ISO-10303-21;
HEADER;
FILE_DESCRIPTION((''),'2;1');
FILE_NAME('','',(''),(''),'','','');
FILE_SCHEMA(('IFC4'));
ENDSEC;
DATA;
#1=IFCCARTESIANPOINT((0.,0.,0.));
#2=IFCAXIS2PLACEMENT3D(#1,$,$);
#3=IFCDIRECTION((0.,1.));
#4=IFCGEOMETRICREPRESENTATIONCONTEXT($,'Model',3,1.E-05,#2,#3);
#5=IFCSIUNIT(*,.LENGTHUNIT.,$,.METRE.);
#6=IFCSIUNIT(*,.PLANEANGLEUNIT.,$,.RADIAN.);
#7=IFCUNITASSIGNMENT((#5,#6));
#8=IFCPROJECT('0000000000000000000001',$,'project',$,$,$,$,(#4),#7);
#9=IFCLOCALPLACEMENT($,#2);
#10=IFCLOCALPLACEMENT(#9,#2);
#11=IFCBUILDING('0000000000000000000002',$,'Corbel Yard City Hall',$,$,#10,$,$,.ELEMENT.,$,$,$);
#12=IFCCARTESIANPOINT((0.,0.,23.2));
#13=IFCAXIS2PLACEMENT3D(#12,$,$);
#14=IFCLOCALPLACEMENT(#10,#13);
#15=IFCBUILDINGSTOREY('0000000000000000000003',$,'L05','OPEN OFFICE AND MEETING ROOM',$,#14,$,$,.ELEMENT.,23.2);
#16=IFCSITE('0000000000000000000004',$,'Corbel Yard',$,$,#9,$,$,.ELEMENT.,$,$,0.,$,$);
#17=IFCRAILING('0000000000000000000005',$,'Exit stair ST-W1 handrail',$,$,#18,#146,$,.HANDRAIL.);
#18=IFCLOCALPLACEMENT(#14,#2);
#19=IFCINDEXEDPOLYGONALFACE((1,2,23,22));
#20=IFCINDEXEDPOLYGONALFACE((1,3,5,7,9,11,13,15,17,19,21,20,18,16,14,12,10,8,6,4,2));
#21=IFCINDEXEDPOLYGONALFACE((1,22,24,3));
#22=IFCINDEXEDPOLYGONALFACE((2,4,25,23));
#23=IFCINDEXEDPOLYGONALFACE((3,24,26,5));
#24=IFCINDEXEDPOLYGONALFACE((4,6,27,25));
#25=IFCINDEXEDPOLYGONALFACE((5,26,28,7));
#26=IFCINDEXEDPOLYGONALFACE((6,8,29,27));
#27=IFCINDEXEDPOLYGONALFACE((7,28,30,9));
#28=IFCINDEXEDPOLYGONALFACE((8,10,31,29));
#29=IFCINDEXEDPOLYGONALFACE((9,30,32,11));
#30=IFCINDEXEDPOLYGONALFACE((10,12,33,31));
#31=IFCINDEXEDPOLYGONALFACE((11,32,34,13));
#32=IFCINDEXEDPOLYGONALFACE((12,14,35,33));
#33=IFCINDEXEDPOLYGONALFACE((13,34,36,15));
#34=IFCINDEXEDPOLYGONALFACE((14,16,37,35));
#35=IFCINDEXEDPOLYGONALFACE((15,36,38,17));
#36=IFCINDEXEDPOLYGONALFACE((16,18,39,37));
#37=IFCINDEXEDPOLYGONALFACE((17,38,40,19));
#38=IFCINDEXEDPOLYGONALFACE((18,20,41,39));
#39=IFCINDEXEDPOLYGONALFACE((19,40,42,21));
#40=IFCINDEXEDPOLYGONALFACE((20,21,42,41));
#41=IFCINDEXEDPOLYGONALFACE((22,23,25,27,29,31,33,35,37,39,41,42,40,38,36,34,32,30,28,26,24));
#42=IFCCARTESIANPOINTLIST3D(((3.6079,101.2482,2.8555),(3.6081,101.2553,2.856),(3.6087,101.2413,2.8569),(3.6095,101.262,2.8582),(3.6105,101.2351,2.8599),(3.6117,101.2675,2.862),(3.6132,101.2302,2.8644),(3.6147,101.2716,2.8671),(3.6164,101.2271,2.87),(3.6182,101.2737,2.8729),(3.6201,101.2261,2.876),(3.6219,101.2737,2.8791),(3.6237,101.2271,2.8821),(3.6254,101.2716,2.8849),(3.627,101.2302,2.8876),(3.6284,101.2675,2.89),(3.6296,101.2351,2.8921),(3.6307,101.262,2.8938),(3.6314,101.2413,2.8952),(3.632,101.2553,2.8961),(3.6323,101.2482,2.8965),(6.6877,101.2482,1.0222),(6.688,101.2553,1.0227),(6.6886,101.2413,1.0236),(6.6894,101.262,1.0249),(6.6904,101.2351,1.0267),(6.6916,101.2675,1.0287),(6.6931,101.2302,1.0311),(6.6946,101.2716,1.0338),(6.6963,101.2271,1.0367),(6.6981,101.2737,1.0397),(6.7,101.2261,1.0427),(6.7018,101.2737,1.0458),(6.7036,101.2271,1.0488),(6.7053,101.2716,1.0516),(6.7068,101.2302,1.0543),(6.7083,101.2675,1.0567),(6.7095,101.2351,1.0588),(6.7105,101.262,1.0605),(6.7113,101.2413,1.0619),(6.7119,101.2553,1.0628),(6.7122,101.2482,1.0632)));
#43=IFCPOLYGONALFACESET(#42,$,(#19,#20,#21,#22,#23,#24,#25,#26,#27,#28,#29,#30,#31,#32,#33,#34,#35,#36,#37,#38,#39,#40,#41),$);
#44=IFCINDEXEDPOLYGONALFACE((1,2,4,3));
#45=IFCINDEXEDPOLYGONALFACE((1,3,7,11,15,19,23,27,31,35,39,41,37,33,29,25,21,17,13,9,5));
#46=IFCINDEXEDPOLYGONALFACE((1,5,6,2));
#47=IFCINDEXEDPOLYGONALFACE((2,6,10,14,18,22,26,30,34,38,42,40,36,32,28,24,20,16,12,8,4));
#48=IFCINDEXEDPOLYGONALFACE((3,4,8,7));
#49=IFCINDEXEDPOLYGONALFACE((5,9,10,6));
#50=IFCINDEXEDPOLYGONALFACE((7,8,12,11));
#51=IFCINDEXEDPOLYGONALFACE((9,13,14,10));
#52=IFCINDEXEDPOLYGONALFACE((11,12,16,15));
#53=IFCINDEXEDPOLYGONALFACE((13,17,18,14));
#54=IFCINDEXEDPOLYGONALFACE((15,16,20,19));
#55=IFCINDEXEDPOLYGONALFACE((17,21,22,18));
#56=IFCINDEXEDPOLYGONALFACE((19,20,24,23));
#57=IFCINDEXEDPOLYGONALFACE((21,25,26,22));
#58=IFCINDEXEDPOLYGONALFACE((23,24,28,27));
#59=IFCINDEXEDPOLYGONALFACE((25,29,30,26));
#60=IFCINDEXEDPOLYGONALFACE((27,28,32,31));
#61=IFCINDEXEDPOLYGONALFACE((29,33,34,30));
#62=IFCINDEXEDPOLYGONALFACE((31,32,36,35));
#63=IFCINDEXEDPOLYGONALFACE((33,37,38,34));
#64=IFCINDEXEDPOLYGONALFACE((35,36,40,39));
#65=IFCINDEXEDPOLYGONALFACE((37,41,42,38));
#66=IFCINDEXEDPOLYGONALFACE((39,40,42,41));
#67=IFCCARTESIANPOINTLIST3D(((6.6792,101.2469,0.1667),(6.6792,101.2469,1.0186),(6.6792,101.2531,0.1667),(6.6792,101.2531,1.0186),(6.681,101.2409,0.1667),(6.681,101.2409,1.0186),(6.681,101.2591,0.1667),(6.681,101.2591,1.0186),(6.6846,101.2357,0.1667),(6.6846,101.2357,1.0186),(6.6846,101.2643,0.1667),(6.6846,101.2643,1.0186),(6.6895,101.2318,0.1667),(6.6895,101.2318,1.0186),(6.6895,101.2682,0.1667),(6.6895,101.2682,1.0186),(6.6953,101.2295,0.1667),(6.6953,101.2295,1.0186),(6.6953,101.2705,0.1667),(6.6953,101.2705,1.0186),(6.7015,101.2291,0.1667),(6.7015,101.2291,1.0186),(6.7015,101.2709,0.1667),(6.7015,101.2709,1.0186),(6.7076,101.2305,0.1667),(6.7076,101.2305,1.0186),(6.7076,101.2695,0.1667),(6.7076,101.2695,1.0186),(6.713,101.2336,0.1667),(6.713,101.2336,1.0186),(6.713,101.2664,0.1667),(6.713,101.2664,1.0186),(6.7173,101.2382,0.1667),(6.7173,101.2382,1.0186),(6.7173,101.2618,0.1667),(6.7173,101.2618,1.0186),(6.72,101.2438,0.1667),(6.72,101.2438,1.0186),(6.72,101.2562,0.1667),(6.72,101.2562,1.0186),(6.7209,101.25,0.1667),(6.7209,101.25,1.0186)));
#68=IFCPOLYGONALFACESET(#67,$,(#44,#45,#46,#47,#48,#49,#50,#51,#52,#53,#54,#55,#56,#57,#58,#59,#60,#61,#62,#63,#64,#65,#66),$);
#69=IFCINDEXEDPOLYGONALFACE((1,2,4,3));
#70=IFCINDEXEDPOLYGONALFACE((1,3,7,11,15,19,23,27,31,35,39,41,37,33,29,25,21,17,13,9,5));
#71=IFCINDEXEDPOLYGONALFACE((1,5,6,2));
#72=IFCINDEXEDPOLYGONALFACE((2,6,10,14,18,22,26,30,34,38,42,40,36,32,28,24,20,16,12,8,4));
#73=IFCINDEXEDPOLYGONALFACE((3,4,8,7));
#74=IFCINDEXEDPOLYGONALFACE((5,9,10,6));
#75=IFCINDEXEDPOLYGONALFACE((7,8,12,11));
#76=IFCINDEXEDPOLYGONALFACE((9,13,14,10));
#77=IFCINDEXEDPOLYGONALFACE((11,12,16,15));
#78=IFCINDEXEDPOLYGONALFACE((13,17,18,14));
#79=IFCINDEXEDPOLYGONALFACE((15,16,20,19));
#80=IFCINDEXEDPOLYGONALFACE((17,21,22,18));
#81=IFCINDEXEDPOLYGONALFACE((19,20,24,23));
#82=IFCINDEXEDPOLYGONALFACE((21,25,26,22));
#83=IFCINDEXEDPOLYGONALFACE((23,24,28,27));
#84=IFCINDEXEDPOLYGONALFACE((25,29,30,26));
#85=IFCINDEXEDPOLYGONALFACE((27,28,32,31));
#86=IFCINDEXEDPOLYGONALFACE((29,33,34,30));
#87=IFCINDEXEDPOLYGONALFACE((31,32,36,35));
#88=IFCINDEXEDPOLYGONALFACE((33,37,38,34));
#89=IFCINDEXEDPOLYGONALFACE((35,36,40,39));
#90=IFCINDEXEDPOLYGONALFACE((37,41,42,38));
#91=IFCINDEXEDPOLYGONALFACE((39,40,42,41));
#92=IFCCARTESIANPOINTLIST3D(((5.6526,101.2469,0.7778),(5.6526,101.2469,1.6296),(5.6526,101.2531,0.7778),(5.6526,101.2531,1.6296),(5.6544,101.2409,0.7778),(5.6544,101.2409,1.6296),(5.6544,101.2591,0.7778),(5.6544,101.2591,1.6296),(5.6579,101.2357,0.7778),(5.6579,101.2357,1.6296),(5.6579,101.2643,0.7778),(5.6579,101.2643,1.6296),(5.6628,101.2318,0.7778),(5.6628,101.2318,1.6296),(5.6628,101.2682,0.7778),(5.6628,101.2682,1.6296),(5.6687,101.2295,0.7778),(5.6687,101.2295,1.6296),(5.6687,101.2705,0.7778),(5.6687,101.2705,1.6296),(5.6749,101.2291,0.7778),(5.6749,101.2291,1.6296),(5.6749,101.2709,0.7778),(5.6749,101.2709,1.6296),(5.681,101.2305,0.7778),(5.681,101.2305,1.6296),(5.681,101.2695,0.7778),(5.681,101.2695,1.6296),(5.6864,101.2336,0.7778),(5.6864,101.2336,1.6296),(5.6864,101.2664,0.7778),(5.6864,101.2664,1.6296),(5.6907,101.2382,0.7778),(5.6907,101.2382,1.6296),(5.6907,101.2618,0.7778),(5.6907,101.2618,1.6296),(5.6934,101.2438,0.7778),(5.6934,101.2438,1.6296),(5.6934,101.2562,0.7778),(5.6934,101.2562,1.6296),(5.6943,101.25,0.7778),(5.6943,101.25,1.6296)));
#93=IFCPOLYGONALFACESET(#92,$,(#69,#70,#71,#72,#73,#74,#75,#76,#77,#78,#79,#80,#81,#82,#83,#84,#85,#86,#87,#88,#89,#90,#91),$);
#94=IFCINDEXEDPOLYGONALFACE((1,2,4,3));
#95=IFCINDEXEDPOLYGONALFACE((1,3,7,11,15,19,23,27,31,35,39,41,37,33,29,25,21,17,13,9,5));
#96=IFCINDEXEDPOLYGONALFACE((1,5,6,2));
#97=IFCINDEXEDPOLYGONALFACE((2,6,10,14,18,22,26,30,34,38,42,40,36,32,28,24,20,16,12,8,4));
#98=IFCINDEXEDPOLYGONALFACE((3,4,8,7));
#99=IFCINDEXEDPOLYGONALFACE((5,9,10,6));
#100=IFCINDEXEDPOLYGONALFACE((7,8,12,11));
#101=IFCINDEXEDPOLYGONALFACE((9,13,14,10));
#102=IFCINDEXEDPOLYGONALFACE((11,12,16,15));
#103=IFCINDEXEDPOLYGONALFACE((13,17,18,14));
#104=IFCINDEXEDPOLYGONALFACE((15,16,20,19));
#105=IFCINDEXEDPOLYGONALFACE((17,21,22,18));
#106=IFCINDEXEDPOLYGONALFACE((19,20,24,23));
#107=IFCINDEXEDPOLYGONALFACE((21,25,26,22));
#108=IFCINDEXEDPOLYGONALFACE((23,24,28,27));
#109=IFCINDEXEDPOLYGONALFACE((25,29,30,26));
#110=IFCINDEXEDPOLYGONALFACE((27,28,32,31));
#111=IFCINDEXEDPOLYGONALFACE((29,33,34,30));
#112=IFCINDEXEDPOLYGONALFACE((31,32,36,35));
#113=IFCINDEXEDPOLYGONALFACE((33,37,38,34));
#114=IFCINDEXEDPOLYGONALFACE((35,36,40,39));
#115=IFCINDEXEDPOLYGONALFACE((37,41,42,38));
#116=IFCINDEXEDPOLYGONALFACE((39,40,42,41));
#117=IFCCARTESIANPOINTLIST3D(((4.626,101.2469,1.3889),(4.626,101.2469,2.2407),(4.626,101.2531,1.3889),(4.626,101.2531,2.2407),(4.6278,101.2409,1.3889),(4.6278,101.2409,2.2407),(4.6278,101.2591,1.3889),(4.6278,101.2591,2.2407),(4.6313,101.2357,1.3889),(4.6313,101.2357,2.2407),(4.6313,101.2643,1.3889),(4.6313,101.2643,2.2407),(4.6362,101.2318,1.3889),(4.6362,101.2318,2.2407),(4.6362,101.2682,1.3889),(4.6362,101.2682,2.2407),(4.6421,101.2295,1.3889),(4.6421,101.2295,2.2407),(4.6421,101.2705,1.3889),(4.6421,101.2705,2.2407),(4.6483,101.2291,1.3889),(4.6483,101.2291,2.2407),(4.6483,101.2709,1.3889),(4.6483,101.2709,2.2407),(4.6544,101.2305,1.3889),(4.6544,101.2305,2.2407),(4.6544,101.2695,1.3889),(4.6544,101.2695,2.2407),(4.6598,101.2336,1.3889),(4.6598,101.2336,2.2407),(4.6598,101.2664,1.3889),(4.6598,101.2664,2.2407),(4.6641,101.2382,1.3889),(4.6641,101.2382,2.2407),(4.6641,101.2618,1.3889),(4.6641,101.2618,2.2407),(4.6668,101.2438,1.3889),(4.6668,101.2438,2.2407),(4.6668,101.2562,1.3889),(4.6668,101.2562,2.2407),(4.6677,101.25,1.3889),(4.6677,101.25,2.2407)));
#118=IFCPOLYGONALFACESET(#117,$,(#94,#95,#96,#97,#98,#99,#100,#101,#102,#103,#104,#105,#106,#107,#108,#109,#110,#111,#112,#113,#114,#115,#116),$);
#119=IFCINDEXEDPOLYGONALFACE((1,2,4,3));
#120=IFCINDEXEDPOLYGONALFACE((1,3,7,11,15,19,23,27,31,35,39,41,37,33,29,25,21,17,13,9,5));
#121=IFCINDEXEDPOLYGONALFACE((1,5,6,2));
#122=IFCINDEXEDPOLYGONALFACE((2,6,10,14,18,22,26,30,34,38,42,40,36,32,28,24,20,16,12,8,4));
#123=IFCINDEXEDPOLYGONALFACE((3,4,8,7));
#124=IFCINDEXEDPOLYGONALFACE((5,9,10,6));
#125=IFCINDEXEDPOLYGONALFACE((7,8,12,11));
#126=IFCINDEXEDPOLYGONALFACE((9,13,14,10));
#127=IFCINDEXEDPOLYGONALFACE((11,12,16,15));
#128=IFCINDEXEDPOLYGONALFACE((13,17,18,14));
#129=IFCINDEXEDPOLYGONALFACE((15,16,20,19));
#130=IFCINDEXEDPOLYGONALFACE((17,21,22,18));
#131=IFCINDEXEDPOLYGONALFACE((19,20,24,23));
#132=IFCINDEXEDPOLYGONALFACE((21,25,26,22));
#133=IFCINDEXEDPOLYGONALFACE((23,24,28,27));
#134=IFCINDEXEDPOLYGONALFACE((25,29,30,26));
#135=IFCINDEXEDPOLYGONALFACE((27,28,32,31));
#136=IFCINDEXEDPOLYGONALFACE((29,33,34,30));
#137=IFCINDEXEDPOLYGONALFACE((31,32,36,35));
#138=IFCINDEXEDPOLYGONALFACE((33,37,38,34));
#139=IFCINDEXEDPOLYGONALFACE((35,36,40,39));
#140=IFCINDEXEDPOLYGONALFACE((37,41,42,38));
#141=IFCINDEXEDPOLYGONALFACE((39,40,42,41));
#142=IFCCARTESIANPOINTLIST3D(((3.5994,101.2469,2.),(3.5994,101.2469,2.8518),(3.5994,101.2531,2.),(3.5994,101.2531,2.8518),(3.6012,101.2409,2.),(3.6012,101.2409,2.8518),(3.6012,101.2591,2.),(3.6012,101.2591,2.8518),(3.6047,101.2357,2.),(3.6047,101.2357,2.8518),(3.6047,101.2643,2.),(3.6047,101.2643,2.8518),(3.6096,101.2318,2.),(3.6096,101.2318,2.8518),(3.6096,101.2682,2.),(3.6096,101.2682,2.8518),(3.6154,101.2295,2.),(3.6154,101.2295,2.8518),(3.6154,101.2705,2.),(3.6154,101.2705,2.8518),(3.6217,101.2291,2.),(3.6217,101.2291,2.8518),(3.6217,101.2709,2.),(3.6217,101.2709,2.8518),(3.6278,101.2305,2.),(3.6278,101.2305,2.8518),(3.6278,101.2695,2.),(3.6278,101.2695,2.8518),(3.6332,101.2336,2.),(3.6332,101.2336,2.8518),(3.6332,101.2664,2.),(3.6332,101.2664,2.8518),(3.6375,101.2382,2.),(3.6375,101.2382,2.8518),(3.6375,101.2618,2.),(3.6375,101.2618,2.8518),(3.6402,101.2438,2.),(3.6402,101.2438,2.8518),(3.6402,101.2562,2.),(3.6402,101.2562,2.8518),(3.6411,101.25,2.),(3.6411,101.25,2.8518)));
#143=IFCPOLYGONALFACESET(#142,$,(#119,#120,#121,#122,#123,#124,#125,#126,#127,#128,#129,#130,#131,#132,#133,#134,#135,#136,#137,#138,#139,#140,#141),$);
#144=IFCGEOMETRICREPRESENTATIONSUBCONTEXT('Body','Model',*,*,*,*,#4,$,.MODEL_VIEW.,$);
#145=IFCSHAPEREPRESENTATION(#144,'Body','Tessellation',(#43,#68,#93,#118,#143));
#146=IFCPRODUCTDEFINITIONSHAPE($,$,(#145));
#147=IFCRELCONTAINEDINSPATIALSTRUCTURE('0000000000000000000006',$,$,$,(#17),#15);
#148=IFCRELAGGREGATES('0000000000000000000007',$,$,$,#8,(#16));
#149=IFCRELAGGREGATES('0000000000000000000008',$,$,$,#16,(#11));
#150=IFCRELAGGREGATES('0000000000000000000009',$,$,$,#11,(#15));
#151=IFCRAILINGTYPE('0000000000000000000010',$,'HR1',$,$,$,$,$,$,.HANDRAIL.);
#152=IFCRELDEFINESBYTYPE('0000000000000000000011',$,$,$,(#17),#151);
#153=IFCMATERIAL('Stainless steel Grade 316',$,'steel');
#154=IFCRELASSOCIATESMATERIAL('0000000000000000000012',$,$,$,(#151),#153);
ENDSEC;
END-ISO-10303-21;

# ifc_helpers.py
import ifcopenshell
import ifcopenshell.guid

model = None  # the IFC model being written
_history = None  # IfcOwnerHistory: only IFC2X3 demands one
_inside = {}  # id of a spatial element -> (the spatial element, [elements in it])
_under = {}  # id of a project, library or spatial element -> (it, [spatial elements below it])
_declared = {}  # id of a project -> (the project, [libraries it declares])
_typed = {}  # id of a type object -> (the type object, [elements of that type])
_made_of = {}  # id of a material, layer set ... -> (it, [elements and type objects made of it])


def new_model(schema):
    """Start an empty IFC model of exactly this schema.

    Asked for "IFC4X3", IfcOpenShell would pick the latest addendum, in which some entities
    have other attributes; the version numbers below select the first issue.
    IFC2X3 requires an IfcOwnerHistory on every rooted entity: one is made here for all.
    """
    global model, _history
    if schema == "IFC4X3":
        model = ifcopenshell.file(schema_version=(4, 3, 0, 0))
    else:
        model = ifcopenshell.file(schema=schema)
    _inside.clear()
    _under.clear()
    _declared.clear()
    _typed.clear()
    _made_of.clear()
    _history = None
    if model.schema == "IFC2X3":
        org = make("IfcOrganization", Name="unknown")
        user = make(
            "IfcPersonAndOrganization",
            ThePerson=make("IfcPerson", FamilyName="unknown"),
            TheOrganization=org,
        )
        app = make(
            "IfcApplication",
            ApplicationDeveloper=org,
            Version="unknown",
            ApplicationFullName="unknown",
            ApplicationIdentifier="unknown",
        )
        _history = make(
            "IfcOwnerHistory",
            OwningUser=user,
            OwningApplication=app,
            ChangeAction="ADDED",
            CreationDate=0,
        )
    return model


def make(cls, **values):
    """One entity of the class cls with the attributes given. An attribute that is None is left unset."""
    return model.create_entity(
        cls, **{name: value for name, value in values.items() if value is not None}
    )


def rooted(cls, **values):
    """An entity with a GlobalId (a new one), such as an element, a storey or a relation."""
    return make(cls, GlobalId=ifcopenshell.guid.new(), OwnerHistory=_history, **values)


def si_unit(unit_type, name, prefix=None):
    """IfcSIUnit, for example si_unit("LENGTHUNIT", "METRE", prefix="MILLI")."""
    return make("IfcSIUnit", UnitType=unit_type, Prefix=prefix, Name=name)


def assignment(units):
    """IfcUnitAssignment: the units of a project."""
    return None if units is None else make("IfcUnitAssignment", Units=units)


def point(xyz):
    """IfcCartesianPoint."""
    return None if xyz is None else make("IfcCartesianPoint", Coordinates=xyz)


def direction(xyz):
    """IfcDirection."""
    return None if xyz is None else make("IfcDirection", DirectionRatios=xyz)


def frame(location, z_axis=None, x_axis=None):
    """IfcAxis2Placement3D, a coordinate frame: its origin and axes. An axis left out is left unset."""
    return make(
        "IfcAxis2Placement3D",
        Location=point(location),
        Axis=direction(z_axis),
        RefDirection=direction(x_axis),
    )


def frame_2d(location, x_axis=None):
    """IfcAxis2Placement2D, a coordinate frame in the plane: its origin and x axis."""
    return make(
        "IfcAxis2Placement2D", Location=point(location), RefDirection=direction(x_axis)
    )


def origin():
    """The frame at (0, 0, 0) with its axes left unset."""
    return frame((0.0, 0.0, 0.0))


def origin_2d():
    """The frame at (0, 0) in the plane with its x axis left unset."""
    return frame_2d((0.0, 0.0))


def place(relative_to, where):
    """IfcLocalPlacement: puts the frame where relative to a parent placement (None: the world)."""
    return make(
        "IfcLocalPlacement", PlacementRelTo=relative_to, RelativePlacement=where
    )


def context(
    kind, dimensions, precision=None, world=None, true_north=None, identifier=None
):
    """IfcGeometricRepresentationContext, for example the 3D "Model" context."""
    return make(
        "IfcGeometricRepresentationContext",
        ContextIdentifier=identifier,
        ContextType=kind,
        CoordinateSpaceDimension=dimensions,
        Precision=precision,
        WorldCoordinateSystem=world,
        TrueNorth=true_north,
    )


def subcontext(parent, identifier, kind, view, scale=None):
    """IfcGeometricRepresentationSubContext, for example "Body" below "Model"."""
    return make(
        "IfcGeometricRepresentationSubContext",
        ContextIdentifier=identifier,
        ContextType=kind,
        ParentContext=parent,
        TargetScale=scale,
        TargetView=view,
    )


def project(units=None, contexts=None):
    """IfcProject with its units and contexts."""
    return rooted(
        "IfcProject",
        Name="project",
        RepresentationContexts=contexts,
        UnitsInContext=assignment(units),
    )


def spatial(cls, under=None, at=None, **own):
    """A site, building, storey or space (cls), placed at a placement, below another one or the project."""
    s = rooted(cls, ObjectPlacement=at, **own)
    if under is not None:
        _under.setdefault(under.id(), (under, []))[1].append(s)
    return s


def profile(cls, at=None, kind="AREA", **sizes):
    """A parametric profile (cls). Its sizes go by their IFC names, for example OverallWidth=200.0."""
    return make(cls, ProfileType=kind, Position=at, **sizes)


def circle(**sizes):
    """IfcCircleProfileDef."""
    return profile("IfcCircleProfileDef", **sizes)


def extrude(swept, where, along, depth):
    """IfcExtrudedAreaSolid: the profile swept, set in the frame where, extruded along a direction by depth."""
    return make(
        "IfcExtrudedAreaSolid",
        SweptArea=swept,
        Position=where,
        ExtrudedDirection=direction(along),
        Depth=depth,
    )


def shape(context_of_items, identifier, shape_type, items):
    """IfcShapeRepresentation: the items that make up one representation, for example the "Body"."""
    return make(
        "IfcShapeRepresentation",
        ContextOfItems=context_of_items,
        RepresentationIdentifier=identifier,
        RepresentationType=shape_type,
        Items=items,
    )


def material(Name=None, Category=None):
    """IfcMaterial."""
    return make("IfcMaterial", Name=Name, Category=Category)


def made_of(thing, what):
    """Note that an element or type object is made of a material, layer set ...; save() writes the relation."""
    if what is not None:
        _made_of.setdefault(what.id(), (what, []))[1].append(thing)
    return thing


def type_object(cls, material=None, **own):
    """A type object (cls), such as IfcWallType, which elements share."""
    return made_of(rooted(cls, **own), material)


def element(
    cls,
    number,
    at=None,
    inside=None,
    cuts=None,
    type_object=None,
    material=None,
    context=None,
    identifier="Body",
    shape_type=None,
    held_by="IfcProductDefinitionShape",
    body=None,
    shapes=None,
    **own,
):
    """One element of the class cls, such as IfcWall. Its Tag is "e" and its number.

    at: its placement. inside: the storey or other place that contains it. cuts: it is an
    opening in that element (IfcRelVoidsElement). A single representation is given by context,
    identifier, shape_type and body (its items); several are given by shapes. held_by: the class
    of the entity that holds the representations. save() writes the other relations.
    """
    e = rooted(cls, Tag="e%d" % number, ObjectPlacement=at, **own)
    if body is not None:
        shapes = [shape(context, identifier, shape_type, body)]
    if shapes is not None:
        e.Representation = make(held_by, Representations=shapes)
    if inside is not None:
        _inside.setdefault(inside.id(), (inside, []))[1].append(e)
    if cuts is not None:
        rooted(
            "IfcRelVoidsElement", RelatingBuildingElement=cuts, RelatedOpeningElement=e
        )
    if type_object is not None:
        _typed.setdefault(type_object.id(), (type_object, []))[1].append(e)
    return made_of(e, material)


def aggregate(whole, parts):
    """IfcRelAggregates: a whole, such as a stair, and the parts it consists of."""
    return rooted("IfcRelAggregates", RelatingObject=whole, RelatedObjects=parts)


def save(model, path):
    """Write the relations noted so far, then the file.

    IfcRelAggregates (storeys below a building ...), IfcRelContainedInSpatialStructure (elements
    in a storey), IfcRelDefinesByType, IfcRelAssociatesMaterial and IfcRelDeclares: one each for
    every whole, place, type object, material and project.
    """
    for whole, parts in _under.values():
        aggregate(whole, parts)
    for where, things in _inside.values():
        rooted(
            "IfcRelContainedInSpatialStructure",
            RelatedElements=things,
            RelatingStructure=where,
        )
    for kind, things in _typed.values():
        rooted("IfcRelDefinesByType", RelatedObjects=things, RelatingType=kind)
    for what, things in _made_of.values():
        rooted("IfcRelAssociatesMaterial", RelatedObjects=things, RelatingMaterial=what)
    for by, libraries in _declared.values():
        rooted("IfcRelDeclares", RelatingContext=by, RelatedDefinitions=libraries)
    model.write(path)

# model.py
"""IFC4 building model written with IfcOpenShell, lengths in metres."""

from ifc_helpers import new_model, si_unit, direction, frame, origin, origin_2d, place, context, subcontext, project, spatial, circle, extrude, material, type_object, element, save


model = new_model("IFC4")

# Units and contexts
model_context = context("Model", 3, precision=1e-05, world=origin(), true_north=direction((0.0, 1.0)))
body_context = subcontext(model_context, "Body", "Model", "MODEL_VIEW")
ifc_project = project(units=[si_unit("LENGTHUNIT", "METRE"), si_unit("PLANEANGLEUNIT", "RADIAN")], contexts=[model_context])

# Site, building, storey
site_placement = place(None, origin())
site = spatial("IfcSite", under=ifc_project, at=site_placement, Name="Corbel Yard", CompositionType="ELEMENT", RefElevation=0.0)
building_placement = place(site_placement, origin())
building = spatial("IfcBuilding", under=site, at=building_placement, Name="Corbel Yard City Hall", CompositionType="ELEMENT")
storey_placement = place(building_placement, frame((0.0, 0.0, 23.2)))
storey = spatial("IfcBuildingStorey", under=building, at=storey_placement, Name="L05", Description="OPEN OFFICE AND MEETING ROOM", CompositionType="ELEMENT", Elevation=23.2)

# Railing
ifc_material_1 = material(Name="Stainless steel Grade 316", Category="steel")
railing_type = type_object("IfcRailingType", Name="HR1", PredefinedType="HANDRAIL", material=ifc_material_1)
for number, where, name in (
    (1, (6.7, 101.25, 0.1667), "Exit stair ST-W1 handrail"),
):
    element("IfcRailing", number, at=place(storey_placement, frame(where)), inside=storey, type_object=railing_type, Name=name, PredefinedType="HANDRAIL", context=body_context, shape_type="SweptSolid", body=[
        extrude(circle(Radius=0.0239, at=origin_2d()), frame((0.0, 0.0, 0.876), z_axis=(-0.859291, 0.0, 0.511487), x_axis=(0.0, -1.0, 0.0)), (0.0, 0.0, 1.0), 3.5842),
        extrude(circle(Radius=0.021, at=origin_2d()), origin(), (0.0, 0.0, 1.0), 0.8518),
        extrude(circle(Radius=0.021, at=origin_2d()), frame((-1.0266, 0.0, 0.6111)), (0.0, 0.0, 1.0), 0.8518),
        extrude(circle(Radius=0.021, at=origin_2d()), frame((-2.0532, 0.0, 1.2222)), (0.0, 0.0, 1.0), 0.8518),
        extrude(circle(Radius=0.021, at=origin_2d()), frame((-3.0798, 0.0, 1.8333)), (0.0, 0.0, 1.0), 0.8518),
    ])

save(model, "model.ifc")
